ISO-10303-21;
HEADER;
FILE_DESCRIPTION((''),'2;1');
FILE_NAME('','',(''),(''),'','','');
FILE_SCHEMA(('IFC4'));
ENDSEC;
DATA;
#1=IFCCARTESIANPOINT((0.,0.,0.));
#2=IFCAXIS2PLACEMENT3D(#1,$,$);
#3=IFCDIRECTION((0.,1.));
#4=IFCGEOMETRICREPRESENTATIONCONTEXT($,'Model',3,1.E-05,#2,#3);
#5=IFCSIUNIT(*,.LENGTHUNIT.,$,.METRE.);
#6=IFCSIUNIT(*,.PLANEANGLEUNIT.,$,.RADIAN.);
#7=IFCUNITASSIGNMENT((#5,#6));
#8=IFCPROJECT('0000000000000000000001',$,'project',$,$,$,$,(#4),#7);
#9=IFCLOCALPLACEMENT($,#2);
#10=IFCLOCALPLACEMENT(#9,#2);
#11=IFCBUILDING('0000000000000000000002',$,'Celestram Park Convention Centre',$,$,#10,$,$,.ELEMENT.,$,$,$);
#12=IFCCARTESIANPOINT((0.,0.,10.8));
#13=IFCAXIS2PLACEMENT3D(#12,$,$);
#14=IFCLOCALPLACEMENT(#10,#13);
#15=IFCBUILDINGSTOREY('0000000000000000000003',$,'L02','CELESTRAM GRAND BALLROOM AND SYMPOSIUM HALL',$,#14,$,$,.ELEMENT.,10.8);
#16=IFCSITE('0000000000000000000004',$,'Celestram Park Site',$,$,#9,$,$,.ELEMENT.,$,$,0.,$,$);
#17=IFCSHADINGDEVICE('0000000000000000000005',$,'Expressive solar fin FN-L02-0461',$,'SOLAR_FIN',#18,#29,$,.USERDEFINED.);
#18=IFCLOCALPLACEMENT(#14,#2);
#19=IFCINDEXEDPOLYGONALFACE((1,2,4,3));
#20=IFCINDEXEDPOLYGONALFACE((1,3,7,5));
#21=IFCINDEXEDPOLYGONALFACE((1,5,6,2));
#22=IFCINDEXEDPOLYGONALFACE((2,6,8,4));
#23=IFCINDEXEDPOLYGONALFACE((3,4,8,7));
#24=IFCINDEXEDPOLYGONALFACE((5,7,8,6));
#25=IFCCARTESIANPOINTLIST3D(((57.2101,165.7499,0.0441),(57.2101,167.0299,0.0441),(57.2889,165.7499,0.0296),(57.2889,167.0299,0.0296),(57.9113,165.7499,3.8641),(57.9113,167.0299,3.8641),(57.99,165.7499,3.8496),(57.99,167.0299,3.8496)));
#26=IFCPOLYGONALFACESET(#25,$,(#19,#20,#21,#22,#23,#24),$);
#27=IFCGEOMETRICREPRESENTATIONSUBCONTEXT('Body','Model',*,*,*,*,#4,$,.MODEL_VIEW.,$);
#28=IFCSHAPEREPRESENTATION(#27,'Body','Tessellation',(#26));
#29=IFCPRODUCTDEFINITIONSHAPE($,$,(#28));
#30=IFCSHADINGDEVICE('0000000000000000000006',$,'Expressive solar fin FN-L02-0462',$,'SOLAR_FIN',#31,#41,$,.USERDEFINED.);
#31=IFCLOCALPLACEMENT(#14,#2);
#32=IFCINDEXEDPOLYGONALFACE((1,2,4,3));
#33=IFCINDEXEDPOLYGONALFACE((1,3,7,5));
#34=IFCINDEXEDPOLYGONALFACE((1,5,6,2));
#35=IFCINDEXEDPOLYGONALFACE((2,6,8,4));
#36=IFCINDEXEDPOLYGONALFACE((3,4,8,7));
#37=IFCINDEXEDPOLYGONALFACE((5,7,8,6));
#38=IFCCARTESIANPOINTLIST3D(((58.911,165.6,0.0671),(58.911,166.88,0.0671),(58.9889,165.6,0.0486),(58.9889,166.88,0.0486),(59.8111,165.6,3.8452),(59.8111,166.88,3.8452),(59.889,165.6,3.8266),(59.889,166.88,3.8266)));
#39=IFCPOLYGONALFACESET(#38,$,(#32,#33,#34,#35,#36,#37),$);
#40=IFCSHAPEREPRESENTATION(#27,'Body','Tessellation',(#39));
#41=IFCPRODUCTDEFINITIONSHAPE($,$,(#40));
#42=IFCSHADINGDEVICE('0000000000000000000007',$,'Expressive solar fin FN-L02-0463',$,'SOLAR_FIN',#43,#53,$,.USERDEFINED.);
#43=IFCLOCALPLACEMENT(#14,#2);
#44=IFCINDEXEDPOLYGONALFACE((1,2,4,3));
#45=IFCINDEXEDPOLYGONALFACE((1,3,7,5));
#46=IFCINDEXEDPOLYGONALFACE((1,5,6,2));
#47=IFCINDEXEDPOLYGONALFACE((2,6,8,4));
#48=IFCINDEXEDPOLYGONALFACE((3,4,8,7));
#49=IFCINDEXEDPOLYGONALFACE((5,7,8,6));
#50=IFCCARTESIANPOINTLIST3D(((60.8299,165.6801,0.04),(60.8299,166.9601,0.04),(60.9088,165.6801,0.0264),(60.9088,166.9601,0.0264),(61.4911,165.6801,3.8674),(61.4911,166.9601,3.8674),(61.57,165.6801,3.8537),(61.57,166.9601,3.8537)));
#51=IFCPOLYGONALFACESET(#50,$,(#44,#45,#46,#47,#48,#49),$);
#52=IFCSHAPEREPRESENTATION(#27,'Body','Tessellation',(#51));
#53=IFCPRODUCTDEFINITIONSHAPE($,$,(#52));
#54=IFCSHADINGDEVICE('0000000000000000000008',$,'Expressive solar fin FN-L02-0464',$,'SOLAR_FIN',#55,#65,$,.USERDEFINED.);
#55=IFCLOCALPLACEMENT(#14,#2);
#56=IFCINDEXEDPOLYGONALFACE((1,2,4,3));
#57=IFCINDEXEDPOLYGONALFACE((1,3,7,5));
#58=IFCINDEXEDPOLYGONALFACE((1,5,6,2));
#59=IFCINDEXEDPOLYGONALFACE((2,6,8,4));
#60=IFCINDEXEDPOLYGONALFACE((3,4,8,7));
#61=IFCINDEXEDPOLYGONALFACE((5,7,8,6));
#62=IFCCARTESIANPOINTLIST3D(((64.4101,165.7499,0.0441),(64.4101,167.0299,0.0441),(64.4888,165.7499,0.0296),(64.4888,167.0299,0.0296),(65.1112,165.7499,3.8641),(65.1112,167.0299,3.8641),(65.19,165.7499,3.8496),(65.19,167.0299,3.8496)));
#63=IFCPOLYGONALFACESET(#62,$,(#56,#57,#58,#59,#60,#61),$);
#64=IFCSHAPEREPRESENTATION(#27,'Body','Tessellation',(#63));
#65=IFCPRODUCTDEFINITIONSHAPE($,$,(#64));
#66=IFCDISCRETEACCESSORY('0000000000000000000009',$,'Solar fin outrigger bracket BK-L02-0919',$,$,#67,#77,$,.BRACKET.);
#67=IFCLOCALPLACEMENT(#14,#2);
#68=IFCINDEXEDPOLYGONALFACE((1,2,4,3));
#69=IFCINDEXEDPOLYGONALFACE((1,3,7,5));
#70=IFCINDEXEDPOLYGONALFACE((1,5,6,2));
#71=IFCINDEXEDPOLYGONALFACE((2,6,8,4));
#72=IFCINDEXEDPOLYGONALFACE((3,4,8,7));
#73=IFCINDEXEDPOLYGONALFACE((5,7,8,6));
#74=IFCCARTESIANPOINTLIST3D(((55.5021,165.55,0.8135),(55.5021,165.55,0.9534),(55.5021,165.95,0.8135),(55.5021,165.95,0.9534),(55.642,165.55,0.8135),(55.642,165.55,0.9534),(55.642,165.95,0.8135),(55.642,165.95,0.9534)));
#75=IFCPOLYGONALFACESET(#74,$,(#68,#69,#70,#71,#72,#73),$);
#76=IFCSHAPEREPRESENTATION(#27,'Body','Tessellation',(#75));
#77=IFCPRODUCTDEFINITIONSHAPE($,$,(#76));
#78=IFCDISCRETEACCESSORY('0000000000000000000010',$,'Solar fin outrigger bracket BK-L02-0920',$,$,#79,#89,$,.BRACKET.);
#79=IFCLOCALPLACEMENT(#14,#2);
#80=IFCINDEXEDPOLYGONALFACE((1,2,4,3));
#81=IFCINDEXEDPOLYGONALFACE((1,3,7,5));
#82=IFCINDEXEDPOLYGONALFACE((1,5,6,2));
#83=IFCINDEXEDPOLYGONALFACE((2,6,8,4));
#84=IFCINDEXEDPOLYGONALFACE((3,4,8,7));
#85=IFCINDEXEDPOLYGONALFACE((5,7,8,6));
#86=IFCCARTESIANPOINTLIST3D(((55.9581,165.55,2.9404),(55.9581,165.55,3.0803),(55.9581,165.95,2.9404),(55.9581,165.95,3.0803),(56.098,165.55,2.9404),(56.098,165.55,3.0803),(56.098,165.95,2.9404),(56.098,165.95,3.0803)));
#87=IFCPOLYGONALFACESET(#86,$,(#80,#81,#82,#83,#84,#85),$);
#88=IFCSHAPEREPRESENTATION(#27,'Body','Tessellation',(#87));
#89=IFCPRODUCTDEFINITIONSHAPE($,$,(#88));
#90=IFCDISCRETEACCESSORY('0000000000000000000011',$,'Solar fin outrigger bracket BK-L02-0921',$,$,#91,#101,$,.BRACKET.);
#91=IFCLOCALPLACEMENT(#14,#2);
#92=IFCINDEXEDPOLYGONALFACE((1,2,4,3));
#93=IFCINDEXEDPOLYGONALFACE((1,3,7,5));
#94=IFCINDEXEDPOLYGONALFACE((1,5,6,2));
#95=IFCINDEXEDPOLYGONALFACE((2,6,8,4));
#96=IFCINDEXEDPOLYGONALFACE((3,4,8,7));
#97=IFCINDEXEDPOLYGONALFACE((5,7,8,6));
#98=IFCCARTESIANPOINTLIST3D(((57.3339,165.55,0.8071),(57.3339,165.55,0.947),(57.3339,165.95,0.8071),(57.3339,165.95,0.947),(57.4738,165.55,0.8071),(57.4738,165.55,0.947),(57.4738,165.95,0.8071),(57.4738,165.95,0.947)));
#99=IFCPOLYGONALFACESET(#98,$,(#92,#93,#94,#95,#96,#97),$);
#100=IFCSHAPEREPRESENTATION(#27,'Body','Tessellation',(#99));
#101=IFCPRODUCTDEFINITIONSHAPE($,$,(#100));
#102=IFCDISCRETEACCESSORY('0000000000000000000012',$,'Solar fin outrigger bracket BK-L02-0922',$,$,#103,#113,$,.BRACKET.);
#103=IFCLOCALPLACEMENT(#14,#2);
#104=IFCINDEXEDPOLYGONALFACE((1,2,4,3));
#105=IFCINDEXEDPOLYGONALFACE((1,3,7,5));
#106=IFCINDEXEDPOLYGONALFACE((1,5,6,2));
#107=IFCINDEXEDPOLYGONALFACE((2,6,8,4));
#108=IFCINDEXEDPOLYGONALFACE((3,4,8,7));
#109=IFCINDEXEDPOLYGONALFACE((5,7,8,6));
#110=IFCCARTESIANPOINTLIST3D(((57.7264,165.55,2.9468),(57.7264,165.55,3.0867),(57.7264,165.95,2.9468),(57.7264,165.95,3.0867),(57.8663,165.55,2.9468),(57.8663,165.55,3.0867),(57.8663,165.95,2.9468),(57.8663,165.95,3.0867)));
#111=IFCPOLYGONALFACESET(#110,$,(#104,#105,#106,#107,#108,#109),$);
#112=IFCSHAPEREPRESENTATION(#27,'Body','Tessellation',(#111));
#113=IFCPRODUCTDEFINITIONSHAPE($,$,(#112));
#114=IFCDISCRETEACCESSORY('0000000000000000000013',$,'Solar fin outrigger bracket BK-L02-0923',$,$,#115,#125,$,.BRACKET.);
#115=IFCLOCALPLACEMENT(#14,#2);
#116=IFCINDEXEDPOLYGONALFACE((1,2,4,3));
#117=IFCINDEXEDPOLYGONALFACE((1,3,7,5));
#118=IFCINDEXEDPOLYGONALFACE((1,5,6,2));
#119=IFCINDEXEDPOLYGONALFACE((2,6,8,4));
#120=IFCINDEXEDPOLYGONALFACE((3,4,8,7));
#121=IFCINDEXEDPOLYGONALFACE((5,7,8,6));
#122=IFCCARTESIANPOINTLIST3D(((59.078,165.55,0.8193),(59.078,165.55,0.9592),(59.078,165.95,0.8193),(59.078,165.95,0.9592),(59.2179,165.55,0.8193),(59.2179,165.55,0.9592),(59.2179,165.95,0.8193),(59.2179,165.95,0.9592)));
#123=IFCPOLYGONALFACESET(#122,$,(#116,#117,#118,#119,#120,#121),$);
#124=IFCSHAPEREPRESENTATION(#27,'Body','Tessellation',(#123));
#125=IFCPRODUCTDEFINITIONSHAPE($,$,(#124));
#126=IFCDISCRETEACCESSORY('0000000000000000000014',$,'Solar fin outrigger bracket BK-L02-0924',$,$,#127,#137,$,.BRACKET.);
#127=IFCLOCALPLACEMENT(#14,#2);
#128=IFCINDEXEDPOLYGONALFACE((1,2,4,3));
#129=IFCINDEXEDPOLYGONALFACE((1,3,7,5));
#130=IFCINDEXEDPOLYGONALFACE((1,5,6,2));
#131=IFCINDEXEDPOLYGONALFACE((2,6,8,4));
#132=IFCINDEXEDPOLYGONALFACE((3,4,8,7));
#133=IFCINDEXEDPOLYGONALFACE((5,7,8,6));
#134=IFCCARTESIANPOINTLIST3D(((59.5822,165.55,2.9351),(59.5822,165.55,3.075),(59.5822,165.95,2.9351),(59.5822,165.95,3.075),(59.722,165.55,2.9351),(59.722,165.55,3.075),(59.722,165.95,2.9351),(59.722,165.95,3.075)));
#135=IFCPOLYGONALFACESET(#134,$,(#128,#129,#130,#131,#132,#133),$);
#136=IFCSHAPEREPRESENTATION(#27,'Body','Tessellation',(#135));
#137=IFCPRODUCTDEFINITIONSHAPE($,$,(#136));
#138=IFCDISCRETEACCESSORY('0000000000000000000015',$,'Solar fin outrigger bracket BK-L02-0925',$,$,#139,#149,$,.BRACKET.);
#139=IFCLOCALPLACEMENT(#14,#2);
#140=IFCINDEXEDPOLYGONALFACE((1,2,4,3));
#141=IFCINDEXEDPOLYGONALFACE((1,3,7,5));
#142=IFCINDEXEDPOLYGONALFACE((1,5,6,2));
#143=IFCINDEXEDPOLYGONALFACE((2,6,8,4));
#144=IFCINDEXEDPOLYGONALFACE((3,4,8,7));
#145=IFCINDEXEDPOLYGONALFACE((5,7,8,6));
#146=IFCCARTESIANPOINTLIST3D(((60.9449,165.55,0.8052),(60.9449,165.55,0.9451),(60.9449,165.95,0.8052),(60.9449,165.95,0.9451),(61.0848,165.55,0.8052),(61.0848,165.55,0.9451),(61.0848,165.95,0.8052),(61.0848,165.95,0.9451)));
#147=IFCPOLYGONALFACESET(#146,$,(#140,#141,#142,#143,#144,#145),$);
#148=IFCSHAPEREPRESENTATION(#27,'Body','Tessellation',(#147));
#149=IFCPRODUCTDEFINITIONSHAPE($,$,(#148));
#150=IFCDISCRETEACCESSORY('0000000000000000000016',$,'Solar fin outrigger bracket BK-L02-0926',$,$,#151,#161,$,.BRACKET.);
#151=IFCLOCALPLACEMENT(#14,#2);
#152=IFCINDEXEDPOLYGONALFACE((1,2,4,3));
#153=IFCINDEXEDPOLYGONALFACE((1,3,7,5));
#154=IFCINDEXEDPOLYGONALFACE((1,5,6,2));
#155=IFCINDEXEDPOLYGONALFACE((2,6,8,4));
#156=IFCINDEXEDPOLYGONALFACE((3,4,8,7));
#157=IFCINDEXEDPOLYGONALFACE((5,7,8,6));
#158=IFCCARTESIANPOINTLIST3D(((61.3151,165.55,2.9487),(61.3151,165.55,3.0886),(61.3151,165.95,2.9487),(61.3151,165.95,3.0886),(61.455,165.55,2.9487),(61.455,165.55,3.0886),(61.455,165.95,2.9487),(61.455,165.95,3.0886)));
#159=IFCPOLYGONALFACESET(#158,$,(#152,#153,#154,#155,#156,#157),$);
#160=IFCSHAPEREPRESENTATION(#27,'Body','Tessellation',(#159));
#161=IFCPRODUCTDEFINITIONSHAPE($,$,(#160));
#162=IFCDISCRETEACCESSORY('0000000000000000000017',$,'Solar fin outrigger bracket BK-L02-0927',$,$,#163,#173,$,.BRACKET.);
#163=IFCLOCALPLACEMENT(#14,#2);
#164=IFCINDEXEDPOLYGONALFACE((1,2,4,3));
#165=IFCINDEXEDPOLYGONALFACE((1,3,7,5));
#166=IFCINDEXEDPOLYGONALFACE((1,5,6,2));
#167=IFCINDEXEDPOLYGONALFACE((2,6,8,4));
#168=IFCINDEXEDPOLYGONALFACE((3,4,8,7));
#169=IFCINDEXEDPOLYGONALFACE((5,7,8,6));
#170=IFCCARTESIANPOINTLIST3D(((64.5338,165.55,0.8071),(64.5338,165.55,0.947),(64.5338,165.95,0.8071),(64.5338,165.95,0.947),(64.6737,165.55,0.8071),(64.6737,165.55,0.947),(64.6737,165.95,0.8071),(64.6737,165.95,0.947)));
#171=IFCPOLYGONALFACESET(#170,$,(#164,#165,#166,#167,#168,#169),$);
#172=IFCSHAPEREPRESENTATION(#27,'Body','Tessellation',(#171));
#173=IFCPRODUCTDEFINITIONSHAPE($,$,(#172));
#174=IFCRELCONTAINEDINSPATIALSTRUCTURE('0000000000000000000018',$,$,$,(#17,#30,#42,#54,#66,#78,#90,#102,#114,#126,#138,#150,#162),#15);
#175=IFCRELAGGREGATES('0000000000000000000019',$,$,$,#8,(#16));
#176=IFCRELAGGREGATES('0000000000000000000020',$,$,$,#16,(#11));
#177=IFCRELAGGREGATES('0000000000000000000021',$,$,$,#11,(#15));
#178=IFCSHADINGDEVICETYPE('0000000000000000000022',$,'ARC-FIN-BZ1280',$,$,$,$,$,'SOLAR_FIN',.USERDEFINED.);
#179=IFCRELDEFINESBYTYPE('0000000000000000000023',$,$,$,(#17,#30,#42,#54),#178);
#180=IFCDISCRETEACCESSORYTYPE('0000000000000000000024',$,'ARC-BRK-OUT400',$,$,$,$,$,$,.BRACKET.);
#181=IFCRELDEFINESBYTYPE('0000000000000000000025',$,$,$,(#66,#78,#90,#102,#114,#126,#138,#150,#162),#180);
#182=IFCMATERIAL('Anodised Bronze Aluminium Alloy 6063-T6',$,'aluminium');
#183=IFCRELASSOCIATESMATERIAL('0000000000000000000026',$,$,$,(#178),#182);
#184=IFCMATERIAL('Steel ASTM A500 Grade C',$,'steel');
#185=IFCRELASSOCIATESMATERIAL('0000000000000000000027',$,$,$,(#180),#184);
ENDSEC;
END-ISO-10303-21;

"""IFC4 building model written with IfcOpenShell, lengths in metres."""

from ifc_helpers import new_model, si_unit, direction, frame, origin, origin_2d, place, context, subcontext, project, spatial, rectangle, extrude, material, material_profile, profile_set, type_object, element, save


model = new_model("IFC4")

# Units and contexts
model_context = context("Model", 3, precision=1e-05, world=origin(), true_north=direction((0.0, 1.0)))
body_context = subcontext(model_context, "Body", "Model", "MODEL_VIEW")
ifc_project = project(units=[si_unit("LENGTHUNIT", "METRE"), si_unit("PLANEANGLEUNIT", "RADIAN")], contexts=[model_context])

# Site, building, storey
site_placement = place(None, origin())
site = spatial("IfcSite", under=ifc_project, at=site_placement, Name="Celestram Park Site", CompositionType="ELEMENT", RefElevation=0.0)
building_placement = place(site_placement, origin())
building = spatial("IfcBuilding", under=site, at=building_placement, Name="Celestram Park Convention Centre", CompositionType="ELEMENT")
storey_placement = place(building_placement, frame((0.0, 0.0, 10.8)))
storey = spatial("IfcBuildingStorey", under=building, at=storey_placement, Name="L02", Description="CELESTRAM GRAND BALLROOM AND SYMPOSIUM HALL", CompositionType="ELEMENT", Elevation=10.8)

# Shading devices
ifc_material_1 = material(Name="Anodised Bronze Aluminium Alloy 6063-T6", Category="aluminium")
ifc_material_profile_1 = material_profile(ifc_material_1, rectangle(XDim=1.28, YDim=0.0801, at=origin_2d()), Name="FIN1280X80")
ifc_profile_set_1 = profile_set([ifc_material_profile_1], Name="Anodised Bronze Aluminium Alloy 6063-T6")
shading_device_type = type_object("IfcShadingDeviceType", Name="ARC-FIN-BZ1280", ElementType="SOLAR_FIN", PredefinedType="USERDEFINED", material=ifc_profile_set_1)
for number, where, z_axis, x_axis, name in (
    (1, (57.2495, 166.3899, 0.0369), (0.180534, 0.0, 0.983569), (0.0, 1.0, 0.0), "Expressive solar fin FN-L02-0461"),
    (2, (58.95, 166.24, 0.0579), (0.231768, 0.0, 0.972771), (0.0, 1.0, 0.0), "Expressive solar fin FN-L02-0462"),
):
    element("IfcShadingDevice", number, at=place(storey_placement, frame(where, z_axis=z_axis, x_axis=x_axis)), inside=storey, type_object=shading_device_type, Name=name, ObjectType="SOLAR_FIN", PredefinedType="USERDEFINED", context=body_context, shape_type="SweptSolid", body=[
        extrude(rectangle(XDim=1.28, YDim=0.0801, at=origin_2d()), origin(), (0.0, 0.0, 1.0), 3.8838),
    ])
shading_device_1_placement = place(storey_placement, frame((60.8694, 166.3201, 0.0332), z_axis=(0.170216, 0.0, 0.985407), x_axis=(0.0, 1.0, 0.0)))
element("IfcShadingDevice", 3, at=shading_device_1_placement, inside=storey, type_object=shading_device_type, Name="Expressive solar fin FN-L02-0463", ObjectType="SOLAR_FIN", PredefinedType="USERDEFINED", context=body_context, shape_type="SweptSolid", body=[
    extrude(rectangle(XDim=1.28, YDim=0.0801, at=origin_2d()), origin(), (0.0, 0.0, 1.0), 3.884),
])
shading_device_2_placement = place(storey_placement, frame((64.4495, 166.3899, 0.0369), z_axis=(0.180534, 0.0, 0.983569), x_axis=(0.0, 1.0, 0.0)))
element("IfcShadingDevice", 4, at=shading_device_2_placement, inside=storey, type_object=shading_device_type, Name="Expressive solar fin FN-L02-0464", ObjectType="SOLAR_FIN", PredefinedType="USERDEFINED", context=body_context, shape_type="SweptSolid", body=[
    extrude(rectangle(XDim=1.28, YDim=0.0801, at=origin_2d()), origin(), (0.0, 0.0, 1.0), 3.8838),
])

# Discrete accessories
ifc_material_2 = material(Name="Steel ASTM A500 Grade C", Category="steel")
discrete_accessory_type = type_object("IfcDiscreteAccessoryType", Name="ARC-BRK-OUT400", PredefinedType="BRACKET", material=ifc_material_2)
for number, where, z_axis, x_axis, name in (
    (5, (55.572, 165.75, 0.8135), (0.0, 0.0, 1.0), (0.0, 1.0, 0.0), "Solar fin outrigger bracket BK-L02-0919"),
    (6, (56.0281, 165.75, 2.9404), (0.0, 0.0, 1.0), (0.0, 1.0, 0.0), "Solar fin outrigger bracket BK-L02-0920"),
    (7, (57.4038, 165.75, 0.8071), (0.0, 0.0, 1.0), (0.0, 1.0, 0.0), "Solar fin outrigger bracket BK-L02-0921"),
    (8, (57.7964, 165.75, 2.9468), (0.0, 0.0, 1.0), (0.0, 1.0, 0.0), "Solar fin outrigger bracket BK-L02-0922"),
    (9, (59.1479, 165.75, 0.8193), (0.0, 0.0, 1.0), (0.0, 1.0, 0.0), "Solar fin outrigger bracket BK-L02-0923"),
    (10, (59.6521, 165.75, 2.9351), (0.0, 0.0, 1.0), (0.0, 1.0, 0.0), "Solar fin outrigger bracket BK-L02-0924"),
    (11, (61.0149, 165.75, 0.8052), (0.0, 0.0, 1.0), (0.0, 1.0, 0.0), "Solar fin outrigger bracket BK-L02-0925"),
    (12, (61.385, 165.75, 2.9487), (0.0, 0.0, 1.0), (0.0, 1.0, 0.0), "Solar fin outrigger bracket BK-L02-0926"),
    (13, (64.6038, 165.75, 0.8071), (0.0, 0.0, 1.0), (0.0, 1.0, 0.0), "Solar fin outrigger bracket BK-L02-0927"),
):
    element("IfcDiscreteAccessory", number, at=place(storey_placement, frame(where, z_axis=z_axis, x_axis=x_axis)), inside=storey, type_object=discrete_accessory_type, Name=name, PredefinedType="BRACKET", context=body_context, shape_type="SweptSolid", body=[
        extrude(rectangle(XDim=0.3999, YDim=0.1399, at=origin_2d()), origin(), (0.0, 0.0, 1.0), 0.1399),
    ])

save(model, "model.ifc")
